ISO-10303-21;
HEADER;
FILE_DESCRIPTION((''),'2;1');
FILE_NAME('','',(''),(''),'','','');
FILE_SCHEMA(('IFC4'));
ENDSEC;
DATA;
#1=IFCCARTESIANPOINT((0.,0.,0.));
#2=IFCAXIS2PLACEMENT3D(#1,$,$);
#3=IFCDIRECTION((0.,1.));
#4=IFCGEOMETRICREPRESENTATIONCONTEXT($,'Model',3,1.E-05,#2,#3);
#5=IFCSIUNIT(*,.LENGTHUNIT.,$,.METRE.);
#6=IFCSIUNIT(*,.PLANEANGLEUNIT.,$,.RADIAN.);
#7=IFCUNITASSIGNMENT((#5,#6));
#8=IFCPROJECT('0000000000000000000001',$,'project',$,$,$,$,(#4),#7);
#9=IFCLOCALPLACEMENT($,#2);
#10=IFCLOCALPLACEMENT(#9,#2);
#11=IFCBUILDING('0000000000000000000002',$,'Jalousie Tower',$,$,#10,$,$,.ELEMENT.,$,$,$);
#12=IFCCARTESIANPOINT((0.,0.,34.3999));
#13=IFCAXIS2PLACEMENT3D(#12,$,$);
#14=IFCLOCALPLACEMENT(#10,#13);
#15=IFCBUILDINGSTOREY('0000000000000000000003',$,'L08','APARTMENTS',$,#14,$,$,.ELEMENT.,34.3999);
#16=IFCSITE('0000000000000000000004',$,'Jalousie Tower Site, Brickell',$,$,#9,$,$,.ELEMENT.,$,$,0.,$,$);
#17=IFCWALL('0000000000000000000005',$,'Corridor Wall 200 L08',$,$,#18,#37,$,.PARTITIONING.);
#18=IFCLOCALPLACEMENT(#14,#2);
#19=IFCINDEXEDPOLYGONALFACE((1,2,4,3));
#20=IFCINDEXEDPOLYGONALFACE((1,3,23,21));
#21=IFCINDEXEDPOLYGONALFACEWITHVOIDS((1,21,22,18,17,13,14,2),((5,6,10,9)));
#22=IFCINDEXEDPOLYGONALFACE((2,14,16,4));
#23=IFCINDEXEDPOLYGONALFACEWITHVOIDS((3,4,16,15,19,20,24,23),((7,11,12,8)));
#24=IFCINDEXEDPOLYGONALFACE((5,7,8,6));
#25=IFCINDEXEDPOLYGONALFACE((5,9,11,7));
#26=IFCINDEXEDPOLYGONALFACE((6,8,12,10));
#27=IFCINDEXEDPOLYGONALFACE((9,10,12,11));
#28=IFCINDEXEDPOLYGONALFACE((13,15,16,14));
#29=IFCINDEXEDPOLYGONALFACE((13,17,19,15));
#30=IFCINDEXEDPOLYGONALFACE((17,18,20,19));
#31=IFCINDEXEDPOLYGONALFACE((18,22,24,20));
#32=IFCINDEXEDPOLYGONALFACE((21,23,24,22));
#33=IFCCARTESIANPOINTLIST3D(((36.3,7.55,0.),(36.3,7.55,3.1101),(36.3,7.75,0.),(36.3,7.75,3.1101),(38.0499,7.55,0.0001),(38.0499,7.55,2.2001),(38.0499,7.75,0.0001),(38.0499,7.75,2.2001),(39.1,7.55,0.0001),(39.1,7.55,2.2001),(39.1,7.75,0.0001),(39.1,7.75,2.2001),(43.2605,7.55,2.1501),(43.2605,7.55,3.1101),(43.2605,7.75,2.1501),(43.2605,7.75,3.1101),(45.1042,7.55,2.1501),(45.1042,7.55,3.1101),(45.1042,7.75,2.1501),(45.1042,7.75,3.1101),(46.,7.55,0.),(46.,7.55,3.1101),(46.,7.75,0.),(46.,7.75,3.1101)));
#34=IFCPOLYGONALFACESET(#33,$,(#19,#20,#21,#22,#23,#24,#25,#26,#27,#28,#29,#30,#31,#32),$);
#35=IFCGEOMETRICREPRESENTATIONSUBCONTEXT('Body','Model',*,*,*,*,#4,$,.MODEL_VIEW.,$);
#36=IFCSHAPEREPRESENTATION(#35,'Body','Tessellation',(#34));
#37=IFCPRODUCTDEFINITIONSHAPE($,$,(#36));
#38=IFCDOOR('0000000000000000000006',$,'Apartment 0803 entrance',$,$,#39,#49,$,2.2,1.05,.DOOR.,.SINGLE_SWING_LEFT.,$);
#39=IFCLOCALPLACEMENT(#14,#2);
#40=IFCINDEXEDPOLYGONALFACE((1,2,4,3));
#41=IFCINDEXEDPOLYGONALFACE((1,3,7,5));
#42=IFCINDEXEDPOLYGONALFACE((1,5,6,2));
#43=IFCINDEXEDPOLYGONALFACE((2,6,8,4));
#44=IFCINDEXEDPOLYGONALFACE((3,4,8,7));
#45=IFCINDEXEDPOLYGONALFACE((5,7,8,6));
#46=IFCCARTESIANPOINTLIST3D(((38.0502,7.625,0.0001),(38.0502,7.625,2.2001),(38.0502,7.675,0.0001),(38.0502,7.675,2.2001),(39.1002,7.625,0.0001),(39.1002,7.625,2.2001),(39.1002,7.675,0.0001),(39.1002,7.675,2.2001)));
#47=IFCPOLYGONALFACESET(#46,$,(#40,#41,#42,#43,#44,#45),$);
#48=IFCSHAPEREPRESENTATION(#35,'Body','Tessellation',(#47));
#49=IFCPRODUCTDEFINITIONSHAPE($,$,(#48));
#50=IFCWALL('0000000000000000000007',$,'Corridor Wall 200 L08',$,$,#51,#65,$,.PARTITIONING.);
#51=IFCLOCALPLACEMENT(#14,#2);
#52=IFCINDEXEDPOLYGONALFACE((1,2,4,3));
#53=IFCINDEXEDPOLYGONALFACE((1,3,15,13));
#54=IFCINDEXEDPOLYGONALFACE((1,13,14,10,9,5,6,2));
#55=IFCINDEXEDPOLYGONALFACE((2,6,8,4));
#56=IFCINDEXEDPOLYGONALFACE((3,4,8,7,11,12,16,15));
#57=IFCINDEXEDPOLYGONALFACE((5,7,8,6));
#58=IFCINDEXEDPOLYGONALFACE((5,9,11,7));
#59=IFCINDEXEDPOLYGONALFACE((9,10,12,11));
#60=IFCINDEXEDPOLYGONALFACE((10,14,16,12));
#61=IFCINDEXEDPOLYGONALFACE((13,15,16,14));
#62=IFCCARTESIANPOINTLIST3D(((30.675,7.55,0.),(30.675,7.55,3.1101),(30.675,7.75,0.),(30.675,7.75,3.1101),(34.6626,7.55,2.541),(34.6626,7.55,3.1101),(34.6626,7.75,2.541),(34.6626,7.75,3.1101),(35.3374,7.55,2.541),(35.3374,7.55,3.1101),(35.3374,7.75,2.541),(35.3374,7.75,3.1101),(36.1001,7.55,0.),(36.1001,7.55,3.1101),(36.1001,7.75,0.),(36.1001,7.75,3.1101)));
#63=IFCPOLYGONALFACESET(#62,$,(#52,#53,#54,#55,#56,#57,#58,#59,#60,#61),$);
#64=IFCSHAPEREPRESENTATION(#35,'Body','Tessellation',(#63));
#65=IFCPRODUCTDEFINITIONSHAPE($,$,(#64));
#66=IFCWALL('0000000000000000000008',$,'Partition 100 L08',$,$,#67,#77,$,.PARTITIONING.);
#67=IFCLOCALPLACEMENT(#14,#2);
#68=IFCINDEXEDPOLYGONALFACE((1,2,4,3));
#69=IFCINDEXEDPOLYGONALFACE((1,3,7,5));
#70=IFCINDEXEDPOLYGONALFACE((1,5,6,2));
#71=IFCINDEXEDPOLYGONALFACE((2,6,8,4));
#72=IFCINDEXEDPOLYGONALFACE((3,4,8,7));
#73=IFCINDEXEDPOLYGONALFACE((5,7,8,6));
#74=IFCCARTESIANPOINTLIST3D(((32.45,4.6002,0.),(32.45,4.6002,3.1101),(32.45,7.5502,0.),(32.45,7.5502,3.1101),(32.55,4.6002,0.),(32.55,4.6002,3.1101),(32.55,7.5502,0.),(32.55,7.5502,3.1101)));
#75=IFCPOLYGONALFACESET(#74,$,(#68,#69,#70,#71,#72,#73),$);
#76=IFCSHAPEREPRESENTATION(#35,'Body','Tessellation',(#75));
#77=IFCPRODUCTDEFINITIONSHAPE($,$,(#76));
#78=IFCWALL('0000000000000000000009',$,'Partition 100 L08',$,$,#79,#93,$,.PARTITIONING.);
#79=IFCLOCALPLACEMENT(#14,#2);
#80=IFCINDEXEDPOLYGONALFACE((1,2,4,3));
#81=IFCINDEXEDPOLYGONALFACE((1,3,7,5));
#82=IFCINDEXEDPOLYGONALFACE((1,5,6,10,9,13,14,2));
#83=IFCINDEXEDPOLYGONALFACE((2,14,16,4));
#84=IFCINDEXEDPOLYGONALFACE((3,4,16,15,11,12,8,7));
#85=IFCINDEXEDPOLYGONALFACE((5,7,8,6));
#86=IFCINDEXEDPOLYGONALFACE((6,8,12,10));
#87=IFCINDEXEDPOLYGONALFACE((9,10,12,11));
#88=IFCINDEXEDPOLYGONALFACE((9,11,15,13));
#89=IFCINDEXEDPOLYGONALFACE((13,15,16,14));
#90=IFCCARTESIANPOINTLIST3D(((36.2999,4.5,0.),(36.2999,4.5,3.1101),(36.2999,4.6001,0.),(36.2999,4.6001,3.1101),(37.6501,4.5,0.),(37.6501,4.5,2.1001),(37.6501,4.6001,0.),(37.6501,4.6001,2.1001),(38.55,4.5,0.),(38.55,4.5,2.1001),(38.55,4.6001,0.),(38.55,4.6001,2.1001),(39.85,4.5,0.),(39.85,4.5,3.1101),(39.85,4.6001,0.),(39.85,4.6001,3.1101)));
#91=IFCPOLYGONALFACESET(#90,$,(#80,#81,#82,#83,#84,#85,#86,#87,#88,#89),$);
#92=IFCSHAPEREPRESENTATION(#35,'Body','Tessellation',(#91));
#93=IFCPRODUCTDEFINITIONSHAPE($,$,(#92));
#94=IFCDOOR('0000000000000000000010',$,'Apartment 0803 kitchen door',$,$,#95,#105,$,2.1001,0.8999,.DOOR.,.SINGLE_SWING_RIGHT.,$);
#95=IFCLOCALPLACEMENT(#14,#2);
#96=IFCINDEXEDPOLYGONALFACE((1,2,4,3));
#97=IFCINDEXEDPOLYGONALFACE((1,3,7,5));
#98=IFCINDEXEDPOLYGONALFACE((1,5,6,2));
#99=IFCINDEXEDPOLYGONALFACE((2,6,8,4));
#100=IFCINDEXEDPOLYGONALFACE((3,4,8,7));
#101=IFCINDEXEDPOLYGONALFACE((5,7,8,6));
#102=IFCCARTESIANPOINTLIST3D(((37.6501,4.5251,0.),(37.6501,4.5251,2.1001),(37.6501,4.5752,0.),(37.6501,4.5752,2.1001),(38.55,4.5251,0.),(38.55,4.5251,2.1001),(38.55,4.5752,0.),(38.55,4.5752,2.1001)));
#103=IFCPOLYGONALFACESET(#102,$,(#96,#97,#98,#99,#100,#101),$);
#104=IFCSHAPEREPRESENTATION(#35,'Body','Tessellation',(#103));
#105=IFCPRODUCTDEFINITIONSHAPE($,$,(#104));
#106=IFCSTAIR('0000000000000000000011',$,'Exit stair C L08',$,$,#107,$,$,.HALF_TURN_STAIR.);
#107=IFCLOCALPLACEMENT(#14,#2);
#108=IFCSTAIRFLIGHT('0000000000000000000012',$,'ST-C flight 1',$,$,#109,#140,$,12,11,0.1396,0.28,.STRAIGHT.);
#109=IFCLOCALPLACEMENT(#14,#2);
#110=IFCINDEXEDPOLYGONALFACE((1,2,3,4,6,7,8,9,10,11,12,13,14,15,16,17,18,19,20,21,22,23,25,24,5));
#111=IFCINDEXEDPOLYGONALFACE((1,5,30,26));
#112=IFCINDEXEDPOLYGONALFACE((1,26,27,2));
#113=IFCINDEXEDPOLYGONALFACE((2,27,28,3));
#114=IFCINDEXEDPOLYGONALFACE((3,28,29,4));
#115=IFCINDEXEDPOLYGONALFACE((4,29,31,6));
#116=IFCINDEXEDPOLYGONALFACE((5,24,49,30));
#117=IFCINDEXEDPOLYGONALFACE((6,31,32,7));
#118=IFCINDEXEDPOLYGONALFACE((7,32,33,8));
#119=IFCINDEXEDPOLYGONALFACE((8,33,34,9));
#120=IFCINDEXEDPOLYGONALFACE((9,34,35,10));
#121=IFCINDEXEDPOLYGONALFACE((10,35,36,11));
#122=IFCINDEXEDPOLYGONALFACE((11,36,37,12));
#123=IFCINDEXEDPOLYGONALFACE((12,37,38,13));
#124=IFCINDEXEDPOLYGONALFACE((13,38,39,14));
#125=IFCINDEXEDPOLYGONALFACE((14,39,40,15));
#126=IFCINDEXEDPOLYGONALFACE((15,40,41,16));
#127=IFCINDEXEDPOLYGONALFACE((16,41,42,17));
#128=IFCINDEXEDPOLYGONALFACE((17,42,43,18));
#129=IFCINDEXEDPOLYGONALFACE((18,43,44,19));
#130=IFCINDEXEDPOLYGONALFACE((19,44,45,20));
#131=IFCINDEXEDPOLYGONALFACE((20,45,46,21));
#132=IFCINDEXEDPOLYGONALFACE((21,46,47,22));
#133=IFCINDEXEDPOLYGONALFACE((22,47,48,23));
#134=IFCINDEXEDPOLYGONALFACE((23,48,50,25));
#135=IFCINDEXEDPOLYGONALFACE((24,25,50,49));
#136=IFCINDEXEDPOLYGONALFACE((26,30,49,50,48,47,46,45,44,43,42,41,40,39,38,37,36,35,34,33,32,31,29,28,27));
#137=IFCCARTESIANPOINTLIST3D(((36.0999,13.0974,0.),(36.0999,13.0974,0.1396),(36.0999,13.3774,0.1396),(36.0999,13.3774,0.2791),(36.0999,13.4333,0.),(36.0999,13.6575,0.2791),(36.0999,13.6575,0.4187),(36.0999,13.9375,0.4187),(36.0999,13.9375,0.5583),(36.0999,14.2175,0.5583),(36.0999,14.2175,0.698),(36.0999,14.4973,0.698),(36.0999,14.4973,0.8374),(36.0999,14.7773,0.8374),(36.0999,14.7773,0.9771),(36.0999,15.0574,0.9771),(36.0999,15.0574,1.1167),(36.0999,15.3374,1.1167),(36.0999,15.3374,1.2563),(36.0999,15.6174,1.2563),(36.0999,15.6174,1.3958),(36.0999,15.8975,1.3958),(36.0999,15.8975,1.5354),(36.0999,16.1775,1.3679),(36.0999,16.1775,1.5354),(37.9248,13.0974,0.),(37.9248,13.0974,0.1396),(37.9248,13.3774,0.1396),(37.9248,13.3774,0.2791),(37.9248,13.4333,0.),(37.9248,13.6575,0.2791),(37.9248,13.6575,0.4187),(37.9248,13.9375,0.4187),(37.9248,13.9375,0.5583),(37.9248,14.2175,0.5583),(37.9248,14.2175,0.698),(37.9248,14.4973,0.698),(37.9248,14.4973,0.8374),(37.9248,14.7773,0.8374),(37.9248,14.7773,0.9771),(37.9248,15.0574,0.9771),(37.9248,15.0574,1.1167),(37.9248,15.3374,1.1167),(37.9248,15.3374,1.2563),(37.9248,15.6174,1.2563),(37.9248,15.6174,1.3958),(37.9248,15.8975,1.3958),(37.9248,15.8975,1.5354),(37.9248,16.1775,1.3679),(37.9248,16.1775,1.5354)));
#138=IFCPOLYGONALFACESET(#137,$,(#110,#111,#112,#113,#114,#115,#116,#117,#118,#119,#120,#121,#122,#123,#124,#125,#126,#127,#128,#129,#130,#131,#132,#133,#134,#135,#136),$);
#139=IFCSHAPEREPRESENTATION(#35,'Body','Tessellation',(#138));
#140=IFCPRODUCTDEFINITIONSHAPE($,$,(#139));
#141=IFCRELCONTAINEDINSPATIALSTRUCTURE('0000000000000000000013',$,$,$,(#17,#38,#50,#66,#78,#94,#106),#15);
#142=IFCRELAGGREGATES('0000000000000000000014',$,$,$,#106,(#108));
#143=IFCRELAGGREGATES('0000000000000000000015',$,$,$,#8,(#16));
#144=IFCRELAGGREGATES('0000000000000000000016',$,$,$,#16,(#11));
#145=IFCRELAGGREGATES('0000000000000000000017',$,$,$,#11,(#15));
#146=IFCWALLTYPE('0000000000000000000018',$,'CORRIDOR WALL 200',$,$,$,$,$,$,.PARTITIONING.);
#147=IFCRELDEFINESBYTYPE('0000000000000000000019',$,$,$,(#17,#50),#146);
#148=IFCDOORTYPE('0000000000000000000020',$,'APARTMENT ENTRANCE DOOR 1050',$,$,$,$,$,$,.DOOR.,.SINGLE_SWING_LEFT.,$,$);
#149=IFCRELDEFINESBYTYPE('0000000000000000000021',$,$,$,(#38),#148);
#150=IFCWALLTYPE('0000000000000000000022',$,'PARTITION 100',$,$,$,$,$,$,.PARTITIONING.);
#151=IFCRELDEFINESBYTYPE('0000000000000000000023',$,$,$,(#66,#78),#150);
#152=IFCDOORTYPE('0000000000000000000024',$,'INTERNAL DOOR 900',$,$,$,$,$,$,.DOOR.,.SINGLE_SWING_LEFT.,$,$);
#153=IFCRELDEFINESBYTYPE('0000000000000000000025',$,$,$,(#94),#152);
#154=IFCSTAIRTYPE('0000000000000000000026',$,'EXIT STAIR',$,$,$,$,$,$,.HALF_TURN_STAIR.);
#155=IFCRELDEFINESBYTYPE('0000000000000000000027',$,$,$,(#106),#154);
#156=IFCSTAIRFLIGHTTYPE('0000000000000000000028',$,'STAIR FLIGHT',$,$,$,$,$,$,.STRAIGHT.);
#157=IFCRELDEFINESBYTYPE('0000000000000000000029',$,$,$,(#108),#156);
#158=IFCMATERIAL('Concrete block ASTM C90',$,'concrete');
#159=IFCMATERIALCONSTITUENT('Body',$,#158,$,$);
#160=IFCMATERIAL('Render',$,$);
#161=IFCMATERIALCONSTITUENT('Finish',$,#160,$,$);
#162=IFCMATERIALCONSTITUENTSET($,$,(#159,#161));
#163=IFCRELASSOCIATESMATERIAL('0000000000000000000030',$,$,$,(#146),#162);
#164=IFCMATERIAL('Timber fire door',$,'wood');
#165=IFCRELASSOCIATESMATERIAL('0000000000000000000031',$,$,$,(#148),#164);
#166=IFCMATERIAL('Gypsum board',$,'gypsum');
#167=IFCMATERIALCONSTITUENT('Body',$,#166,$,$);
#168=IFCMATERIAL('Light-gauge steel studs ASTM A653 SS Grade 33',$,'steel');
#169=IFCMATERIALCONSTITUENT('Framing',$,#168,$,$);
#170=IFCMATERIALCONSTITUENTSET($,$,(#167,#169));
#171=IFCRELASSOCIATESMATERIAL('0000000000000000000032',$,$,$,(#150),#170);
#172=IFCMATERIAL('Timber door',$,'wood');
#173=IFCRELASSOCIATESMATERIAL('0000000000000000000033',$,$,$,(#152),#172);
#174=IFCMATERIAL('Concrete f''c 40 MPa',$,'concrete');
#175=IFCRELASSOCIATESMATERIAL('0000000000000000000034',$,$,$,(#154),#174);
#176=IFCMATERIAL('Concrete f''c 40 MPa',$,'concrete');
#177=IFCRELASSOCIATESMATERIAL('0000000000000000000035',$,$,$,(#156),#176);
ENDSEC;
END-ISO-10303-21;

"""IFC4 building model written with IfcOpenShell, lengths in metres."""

from ifc_helpers import new_model, si_unit, direction, frame, frame_2d, origin, place, context, subcontext, project, spatial, polyline, rectangle, outline, extrude, material, constituent, constituent_set, type_object, element, fill, aggregate, save


model = new_model("IFC4")

# Units and contexts
model_context = context("Model", 3, precision=1e-05, world=origin(), true_north=direction((0.0, 1.0)))
body_context = subcontext(model_context, "Body", "Model", "MODEL_VIEW")
ifc_project = project(units=[si_unit("LENGTHUNIT", "METRE"), si_unit("PLANEANGLEUNIT", "RADIAN")], contexts=[model_context])

# Site, building, storey
site_placement = place(None, origin())
site = spatial("IfcSite", under=ifc_project, at=site_placement, Name="Jalousie Tower Site, Brickell", CompositionType="ELEMENT", RefElevation=0.0)
building_placement = place(site_placement, origin())
building = spatial("IfcBuilding", under=site, at=building_placement, Name="Jalousie Tower", CompositionType="ELEMENT")
storey_placement = place(building_placement, frame((0.0, 0.0, 34.3999)))
storey = spatial("IfcBuildingStorey", under=building, at=storey_placement, Name="L08", Description="APARTMENTS", CompositionType="ELEMENT", Elevation=34.3999)

# Wall, opening, door
ifc_material_1 = material(Name="Concrete block ASTM C90", Category="concrete")
ifc_constituent_1 = constituent(ifc_material_1, Name="Body")
ifc_material_2 = material(Name="Render")
ifc_constituent_2 = constituent(ifc_material_2, Name="Finish")
ifc_constituent_set_1 = constituent_set(constituents=[ifc_constituent_1, ifc_constituent_2])
wall_type_1 = type_object("IfcWallType", Name="CORRIDOR WALL 200", PredefinedType="PARTITIONING", material=ifc_constituent_set_1)
wall_1_placement = place(storey_placement, frame((36.3, 7.6499, 0.0), z_axis=(0.0, 0.0, 1.0), x_axis=(1.0, 0.0, 0.0)))
wall_1 = element("IfcWall", 1, at=wall_1_placement, inside=storey, type_object=wall_type_1, Name="Corridor Wall 200 L08", PredefinedType="PARTITIONING", context=body_context, shape_type="SweptSolid", body=[
    extrude(outline(polyline([(0.0, 0.0), (9.7, 0.0), (9.7, 3.1101), (8.8042, 3.1101), (8.8042, 2.1501), (6.9604, 2.1501), (6.9604, 3.1101), (0.0, 3.1101), (0.0, 0.0)])), frame((0.0, 0.1001, 0.0), z_axis=(0.0, -1.0, 0.0), x_axis=(1.0, 0.0, 0.0)), (0.0, 0.0, 1.0), 0.2),
])
opening_1_placement = place(wall_1_placement, frame((1.75, 0.0, 0.0)))
opening_1 = element("IfcOpeningElement", 2, at=opening_1_placement, cuts=wall_1, PredefinedType="OPENING", context=body_context, shape_type="SweptSolid", body=[
    extrude(rectangle(XDim=1.05, YDim=2.2, at=frame_2d((0.5249, 1.1001))), frame((0.0, 0.1099, 0.0), z_axis=(0.0, -1.0, 0.0), x_axis=(1.0, 0.0, 0.0)), (0.0, 0.0, 1.0), 0.22),
])
ifc_material_3 = material(Name="Timber fire door", Category="wood")
door_type_1 = type_object("IfcDoorType", Name="APARTMENT ENTRANCE DOOR 1050", OperationType="SINGLE_SWING_LEFT", PredefinedType="DOOR", material=ifc_material_3)
door_1_placement = place(opening_1_placement, frame((1.05, 0.0, 0.0), z_axis=(0.0, 0.0, 1.0), x_axis=(-1.0, 0.0, 0.0)))
door_1 = element("IfcDoor", 3, at=door_1_placement, inside=storey, type_object=door_type_1, Name="Apartment 0803 entrance", OperationType="SINGLE_SWING_LEFT", OverallHeight=2.2, OverallWidth=1.05, PredefinedType="DOOR", context=body_context, shape_type="SweptSolid", body=[
    extrude(rectangle(XDim=1.05, YDim=2.2, at=frame_2d((0.5249, 1.1001))), frame((0.0, 0.0249, 0.0), z_axis=(0.0, -1.0, 0.0), x_axis=(1.0, 0.0, 0.0)), (0.0, 0.0, 1.0), 0.05),
])
fill(opening_1, door_1)

# Walls
wall_2_placement = place(storey_placement, frame((30.675, 7.6499, 0.0), z_axis=(0.0, 0.0, 1.0), x_axis=(1.0, 0.0, 0.0)))
element("IfcWall", 4, at=wall_2_placement, inside=storey, type_object=wall_type_1, Name="Corridor Wall 200 L08", PredefinedType="PARTITIONING", context=body_context, shape_type="SweptSolid", body=[
    extrude(outline(polyline([(0.0, 0.0), (5.425, 0.0), (5.425, 3.1101), (4.6624, 3.1101), (4.6624, 2.541), (3.9875, 2.541), (3.9875, 3.1101), (0.0, 3.1101), (0.0, 0.0)])), frame((0.0, 0.1001, 0.0), z_axis=(0.0, -1.0, 0.0), x_axis=(1.0, 0.0, 0.0)), (0.0, 0.0, 1.0), 0.2),
])
ifc_material_4 = material(Name="Gypsum board", Category="gypsum")
ifc_constituent_3 = constituent(ifc_material_4, Name="Body")
ifc_material_5 = material(Name="Light-gauge steel studs ASTM A653 SS Grade 33", Category="steel")
ifc_constituent_4 = constituent(ifc_material_5, Name="Framing")
ifc_constituent_set_2 = constituent_set(constituents=[ifc_constituent_3, ifc_constituent_4])
wall_type_2 = type_object("IfcWallType", Name="PARTITION 100", PredefinedType="PARTITIONING", material=ifc_constituent_set_2)
wall_3_placement = place(storey_placement, frame((32.5, 4.6001, 0.0), z_axis=(0.0, 0.0, 1.0), x_axis=(0.0, 1.0, 0.0)))
element("IfcWall", 5, at=wall_3_placement, inside=storey, type_object=wall_type_2, Name="Partition 100 L08", PredefinedType="PARTITIONING", context=body_context, shape_type="SweptSolid", body=[
    extrude(rectangle(XDim=2.95, YDim=0.1001, at=frame_2d((1.4751, 0.0))), origin(), (0.0, 0.0, 1.0), 3.1101),
])

# Wall, opening, door
wall_4_placement = place(storey_placement, frame((36.3, 4.55, 0.0), z_axis=(0.0, 0.0, 1.0), x_axis=(1.0, 0.0, 0.0)))
wall_4 = element("IfcWall", 6, at=wall_4_placement, inside=storey, type_object=wall_type_2, Name="Partition 100 L08", PredefinedType="PARTITIONING", context=body_context, shape_type="SweptSolid", body=[
    extrude(rectangle(XDim=3.55, YDim=0.1001, at=frame_2d((1.7749, 0.0))), origin(), (0.0, 0.0, 1.0), 3.1101),
])
opening_2_placement = place(wall_4_placement, frame((1.3501, 0.0, 0.0)))
opening_2 = element("IfcOpeningElement", 7, at=opening_2_placement, cuts=wall_4, PredefinedType="OPENING", context=body_context, shape_type="SweptSolid", body=[
    extrude(rectangle(XDim=0.8999, YDim=2.1001, at=frame_2d((0.45, 1.05))), frame((0.0, 0.0601, 0.0), z_axis=(0.0, -1.0, 0.0), x_axis=(1.0, 0.0, 0.0)), (0.0, 0.0, 1.0), 0.1201),
])
ifc_material_6 = material(Name="Timber door", Category="wood")
door_type_2 = type_object("IfcDoorType", Name="INTERNAL DOOR 900", OperationType="SINGLE_SWING_LEFT", PredefinedType="DOOR", material=ifc_material_6)
door_2_placement = place(opening_2_placement, frame((0.8999, 0.0, 0.0), z_axis=(0.0, 0.0, 1.0), x_axis=(-1.0, 0.0, 0.0)))
door_2 = element("IfcDoor", 8, at=door_2_placement, inside=storey, type_object=door_type_2, Name="Apartment 0803 kitchen door", OperationType="SINGLE_SWING_RIGHT", OverallHeight=2.1001, OverallWidth=0.8999, PredefinedType="DOOR", context=body_context, shape_type="SweptSolid", body=[
    extrude(rectangle(XDim=0.8999, YDim=2.1001, at=frame_2d((0.45, 1.05))), frame((0.0, 0.0249, 0.0), z_axis=(0.0, -1.0, 0.0), x_axis=(1.0, 0.0, 0.0)), (0.0, 0.0, 1.0), 0.05),
])
fill(opening_2, door_2)

# Stair, stair flight
ifc_material_7 = material(Name="Concrete f'c 40 MPa", Category="concrete")
stair_type = type_object("IfcStairType", Name="EXIT STAIR", PredefinedType="HALF_TURN_STAIR", material=ifc_material_7)
stair_placement = place(storey_placement, origin())
stair = element("IfcStair", 9, at=stair_placement, inside=storey, type_object=stair_type, Name="Exit stair C L08", PredefinedType="HALF_TURN_STAIR")
ifc_material_8 = material(Name="Concrete f'c 40 MPa", Category="concrete")
stair_flight_type = type_object("IfcStairFlightType", Name="STAIR FLIGHT", PredefinedType="STRAIGHT", material=ifc_material_8)
stair_flight_placement = place(storey_placement, frame((37.0125, 13.0974, 0.0), z_axis=(0.0, 0.0, 1.0), x_axis=(0.0, 1.0, 0.0)))
stair_flight = element("IfcStairFlight", 10, at=stair_flight_placement, type_object=stair_flight_type, Name="ST-C flight 1", NumberOfRisers=12, NumberOfTreads=11, PredefinedType="STRAIGHT", RiserHeight=0.1396, TreadLength=0.28, context=body_context, shape_type="SweptSolid", body=[
    extrude(outline(polyline([(0.0, 0.0), (0.0, 0.1396), (0.28, 0.1396), (0.28, 0.2791), (0.5601, 0.2791), (0.5601, 0.4187), (0.8401, 0.4187), (0.8401, 0.5583), (1.1201, 0.5583), (1.1201, 0.698), (1.3999, 0.698), (1.3999, 0.8374), (1.6799, 0.8374), (1.6799, 0.9771), (1.96, 0.9771), (1.96, 1.1167), (2.24, 1.1167), (2.24, 1.2563), (2.52, 1.2563), (2.52, 1.3958), (2.8, 1.3958), (2.8, 1.5354), (3.0801, 1.5354), (3.0801, 1.675), (3.0801, 1.3679), (0.3359, 0.0), (0.0, 0.0)])), frame((0.0, 0.9126, 0.0), z_axis=(0.0, -1.0, 0.0), x_axis=(1.0, 0.0, 0.0)), (0.0, 0.0, 1.0), 1.825),
])
aggregate(stair, [stair_flight])

save(model, "model.ifc")
